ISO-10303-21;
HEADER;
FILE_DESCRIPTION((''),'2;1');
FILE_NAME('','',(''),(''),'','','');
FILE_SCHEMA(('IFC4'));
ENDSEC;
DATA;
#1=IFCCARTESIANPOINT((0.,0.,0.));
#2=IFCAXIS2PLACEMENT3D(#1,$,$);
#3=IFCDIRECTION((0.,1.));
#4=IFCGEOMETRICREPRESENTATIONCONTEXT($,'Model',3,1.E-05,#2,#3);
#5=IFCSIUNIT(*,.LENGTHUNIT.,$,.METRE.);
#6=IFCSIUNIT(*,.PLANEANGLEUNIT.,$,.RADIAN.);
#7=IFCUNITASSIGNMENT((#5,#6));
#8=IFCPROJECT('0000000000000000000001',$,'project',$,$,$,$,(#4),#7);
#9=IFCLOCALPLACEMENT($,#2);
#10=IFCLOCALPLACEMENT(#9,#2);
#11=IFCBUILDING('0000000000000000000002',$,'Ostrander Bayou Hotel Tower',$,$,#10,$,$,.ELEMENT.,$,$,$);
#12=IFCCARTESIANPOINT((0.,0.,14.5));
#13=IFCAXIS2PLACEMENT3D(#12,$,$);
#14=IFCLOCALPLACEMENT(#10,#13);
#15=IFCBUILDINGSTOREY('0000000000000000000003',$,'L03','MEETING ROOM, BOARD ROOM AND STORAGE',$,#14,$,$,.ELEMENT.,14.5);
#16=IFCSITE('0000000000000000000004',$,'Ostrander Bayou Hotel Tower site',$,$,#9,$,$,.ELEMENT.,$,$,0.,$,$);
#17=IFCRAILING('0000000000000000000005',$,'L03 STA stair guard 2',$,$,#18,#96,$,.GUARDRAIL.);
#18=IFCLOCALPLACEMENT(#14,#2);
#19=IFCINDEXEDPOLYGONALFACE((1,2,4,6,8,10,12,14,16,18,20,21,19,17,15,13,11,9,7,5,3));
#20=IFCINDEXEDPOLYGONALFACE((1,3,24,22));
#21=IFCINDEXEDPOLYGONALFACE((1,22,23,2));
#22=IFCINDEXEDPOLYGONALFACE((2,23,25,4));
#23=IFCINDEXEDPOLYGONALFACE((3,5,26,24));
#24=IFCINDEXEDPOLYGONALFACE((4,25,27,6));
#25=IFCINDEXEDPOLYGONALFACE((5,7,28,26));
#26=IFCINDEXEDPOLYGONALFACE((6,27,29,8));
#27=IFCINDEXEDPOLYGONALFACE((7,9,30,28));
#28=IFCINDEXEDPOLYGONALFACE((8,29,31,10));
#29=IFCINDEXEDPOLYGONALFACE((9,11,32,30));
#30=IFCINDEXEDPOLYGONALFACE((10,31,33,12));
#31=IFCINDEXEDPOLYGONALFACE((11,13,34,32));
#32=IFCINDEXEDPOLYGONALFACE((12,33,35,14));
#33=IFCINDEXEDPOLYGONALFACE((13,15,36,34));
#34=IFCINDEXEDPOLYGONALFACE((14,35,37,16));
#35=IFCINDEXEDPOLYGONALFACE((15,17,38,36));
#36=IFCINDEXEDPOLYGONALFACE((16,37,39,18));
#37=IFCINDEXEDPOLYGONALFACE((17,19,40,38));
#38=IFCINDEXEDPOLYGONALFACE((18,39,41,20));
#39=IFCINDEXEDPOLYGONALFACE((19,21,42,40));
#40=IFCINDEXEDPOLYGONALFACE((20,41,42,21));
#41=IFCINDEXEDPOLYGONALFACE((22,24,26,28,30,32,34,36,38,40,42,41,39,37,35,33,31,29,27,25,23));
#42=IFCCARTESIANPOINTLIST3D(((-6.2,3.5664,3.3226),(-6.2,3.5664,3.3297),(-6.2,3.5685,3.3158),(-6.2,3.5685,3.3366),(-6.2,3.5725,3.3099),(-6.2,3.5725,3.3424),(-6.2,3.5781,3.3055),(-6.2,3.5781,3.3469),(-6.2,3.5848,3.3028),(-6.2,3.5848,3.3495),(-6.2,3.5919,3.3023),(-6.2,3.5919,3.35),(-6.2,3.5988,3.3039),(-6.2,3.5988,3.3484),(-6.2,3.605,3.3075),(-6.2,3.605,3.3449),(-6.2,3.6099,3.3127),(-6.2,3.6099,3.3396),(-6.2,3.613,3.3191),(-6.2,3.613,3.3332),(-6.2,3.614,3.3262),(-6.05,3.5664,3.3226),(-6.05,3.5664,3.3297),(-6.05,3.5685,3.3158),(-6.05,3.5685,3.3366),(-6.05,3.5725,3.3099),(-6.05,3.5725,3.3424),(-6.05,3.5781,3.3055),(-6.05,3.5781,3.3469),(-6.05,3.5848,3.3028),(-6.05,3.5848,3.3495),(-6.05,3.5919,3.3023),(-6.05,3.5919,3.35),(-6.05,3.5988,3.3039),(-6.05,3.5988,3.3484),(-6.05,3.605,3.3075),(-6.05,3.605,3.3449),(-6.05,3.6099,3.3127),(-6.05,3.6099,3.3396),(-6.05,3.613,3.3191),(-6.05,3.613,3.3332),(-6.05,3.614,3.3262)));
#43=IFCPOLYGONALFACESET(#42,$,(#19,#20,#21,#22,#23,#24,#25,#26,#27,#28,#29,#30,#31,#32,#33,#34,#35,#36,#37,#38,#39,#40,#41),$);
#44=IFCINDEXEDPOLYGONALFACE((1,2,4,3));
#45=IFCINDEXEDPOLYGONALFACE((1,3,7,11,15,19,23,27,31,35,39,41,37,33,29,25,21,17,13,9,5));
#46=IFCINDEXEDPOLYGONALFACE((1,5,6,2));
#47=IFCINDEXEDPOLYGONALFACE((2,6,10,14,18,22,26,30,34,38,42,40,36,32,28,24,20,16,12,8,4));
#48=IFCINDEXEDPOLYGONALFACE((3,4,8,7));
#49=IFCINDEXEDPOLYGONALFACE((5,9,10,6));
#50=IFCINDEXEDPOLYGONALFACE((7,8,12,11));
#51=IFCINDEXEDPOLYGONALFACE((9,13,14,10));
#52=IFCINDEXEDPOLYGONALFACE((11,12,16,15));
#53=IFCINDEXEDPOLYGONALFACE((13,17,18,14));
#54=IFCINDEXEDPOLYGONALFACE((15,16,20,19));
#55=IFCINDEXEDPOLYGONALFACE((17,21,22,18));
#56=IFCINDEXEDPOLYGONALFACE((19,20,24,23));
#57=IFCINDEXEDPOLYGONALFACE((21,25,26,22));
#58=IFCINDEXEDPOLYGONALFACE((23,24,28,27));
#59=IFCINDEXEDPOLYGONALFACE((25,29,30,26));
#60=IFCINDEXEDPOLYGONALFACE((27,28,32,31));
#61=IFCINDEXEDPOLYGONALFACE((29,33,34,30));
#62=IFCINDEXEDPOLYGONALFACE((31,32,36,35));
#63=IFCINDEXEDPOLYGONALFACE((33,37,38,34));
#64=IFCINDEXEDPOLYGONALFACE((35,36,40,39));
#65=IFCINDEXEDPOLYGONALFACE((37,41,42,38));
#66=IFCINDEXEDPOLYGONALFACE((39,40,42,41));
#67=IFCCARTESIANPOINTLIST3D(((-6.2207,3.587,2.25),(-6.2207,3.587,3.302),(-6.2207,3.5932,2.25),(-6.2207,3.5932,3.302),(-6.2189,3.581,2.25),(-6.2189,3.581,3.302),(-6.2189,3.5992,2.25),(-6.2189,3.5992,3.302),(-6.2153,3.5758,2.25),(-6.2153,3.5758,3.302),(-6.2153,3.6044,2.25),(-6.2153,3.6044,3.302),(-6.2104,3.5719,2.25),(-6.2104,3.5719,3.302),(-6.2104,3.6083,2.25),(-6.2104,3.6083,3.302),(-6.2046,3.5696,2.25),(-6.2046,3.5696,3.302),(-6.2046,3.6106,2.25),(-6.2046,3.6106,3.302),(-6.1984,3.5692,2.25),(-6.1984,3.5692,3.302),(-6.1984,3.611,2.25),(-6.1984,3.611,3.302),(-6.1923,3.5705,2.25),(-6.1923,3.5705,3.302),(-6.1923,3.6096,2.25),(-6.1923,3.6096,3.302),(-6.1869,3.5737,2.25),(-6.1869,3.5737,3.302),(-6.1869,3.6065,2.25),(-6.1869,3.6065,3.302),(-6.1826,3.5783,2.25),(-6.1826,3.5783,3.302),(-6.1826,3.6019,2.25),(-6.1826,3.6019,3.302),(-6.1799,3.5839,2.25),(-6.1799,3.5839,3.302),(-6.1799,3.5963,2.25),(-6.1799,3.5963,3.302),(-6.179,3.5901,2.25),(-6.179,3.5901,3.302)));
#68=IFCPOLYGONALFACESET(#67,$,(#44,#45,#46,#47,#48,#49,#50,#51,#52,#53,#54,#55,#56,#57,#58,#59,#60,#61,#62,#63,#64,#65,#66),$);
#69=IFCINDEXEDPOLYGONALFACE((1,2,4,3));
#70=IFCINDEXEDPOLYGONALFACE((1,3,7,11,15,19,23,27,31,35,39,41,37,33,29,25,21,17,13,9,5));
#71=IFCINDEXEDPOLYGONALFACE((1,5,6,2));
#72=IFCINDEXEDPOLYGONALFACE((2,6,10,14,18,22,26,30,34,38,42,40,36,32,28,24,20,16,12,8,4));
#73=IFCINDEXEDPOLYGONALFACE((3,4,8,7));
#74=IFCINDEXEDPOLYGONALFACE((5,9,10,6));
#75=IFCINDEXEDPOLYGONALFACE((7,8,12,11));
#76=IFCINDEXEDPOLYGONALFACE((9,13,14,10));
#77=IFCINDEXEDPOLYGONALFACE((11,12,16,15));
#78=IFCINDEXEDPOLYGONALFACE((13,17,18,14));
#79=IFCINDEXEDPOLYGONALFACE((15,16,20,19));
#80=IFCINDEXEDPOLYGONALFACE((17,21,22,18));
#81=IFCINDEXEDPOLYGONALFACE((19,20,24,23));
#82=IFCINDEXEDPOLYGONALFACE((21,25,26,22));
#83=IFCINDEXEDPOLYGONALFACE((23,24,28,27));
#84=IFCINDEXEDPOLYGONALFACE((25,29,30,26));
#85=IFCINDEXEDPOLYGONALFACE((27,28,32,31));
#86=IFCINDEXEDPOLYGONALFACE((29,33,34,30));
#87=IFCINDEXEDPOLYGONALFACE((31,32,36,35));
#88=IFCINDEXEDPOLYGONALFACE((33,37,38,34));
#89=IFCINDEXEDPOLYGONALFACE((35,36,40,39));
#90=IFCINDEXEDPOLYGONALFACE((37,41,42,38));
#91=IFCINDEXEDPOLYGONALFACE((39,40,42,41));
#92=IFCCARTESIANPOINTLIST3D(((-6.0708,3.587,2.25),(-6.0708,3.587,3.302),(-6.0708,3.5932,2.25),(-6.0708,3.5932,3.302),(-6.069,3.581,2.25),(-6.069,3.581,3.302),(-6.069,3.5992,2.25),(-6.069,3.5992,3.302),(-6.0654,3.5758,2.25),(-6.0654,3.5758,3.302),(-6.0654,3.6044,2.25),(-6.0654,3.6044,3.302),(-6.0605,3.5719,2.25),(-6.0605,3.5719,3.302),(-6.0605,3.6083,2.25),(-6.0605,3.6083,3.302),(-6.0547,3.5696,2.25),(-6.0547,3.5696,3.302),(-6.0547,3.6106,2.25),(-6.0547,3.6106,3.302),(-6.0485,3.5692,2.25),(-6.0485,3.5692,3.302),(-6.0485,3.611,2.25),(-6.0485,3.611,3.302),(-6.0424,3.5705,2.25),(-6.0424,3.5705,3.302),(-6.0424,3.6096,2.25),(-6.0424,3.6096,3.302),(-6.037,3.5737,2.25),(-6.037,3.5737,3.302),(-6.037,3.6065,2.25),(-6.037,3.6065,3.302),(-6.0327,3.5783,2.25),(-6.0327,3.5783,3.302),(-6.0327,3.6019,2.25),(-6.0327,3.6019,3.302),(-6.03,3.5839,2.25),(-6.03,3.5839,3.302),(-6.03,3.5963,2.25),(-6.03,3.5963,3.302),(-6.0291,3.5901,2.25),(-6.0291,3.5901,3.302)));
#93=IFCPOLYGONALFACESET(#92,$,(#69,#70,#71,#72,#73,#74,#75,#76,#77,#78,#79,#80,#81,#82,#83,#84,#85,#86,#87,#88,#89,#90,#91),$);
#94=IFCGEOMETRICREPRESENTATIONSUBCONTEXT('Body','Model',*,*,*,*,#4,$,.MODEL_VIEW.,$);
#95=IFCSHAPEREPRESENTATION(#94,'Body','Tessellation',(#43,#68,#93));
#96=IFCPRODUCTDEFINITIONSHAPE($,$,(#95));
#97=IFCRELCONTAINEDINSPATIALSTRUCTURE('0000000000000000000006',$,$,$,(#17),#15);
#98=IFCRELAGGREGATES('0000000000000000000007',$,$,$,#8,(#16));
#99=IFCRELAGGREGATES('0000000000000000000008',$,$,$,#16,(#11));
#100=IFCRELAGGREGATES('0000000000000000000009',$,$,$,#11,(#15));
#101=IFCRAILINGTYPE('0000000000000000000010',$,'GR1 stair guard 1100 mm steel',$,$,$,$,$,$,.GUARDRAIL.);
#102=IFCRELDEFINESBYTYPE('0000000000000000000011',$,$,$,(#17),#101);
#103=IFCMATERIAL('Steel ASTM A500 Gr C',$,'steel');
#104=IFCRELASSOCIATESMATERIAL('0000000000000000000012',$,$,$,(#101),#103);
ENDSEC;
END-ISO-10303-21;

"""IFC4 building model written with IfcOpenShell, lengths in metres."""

from ifc_helpers import new_model, si_unit, direction, frame, origin, origin_2d, place, context, subcontext, project, spatial, circle, extrude, material, type_object, element, save


model = new_model("IFC4")

# Units and contexts
model_context = context("Model", 3, precision=1e-05, world=origin(), true_north=direction((0.0, 1.0)))
body_context = subcontext(model_context, "Body", "Model", "MODEL_VIEW")
ifc_project = project(units=[si_unit("LENGTHUNIT", "METRE"), si_unit("PLANEANGLEUNIT", "RADIAN")], contexts=[model_context])

# Site, building, storey
site_placement = place(None, origin())
site = spatial("IfcSite", under=ifc_project, at=site_placement, Name="Ostrander Bayou Hotel Tower site", CompositionType="ELEMENT", RefElevation=0.0)
building_placement = place(site_placement, origin())
building = spatial("IfcBuilding", under=site, at=building_placement, Name="Ostrander Bayou Hotel Tower", CompositionType="ELEMENT")
storey_placement = place(building_placement, frame((0.0, 0.0, 14.5)))
storey = spatial("IfcBuildingStorey", under=building, at=storey_placement, Name="L03", Description="MEETING ROOM, BOARD ROOM AND STORAGE", CompositionType="ELEMENT", Elevation=14.5)

# Railing
ifc_material_1 = material(Name="Steel ASTM A500 Gr C", Category="steel")
railing_type_1 = type_object("IfcRailingType", Name="GR1 stair guard 1100 mm steel", PredefinedType="GUARDRAIL", material=ifc_material_1)
railing_1_placement = place(storey_placement, frame((-6.2, 3.5901, 2.25)))
element("IfcRailing", 1, at=railing_1_placement, inside=storey, type_object=railing_type_1, Name="L03 STA stair guard 2", PredefinedType="GUARDRAIL", context=body_context, shape_type="SweptSolid", body=[
    extrude(circle(Radius=0.0239, at=origin_2d()), frame((0.0, 0.0, 1.0762), z_axis=(1.0, 0.0, 0.0), x_axis=(0.0, 1.0, 0.0)), (0.0, 0.0, 1.0), 0.1499),
    extrude(circle(Radius=0.021, at=origin_2d()), origin(), (0.0, 0.0, 1.0), 1.052),
    extrude(circle(Radius=0.021, at=origin_2d()), frame((0.1499, 0.0, 0.0)), (0.0, 0.0, 1.0), 1.052),
])

save(model, "model.ifc")
